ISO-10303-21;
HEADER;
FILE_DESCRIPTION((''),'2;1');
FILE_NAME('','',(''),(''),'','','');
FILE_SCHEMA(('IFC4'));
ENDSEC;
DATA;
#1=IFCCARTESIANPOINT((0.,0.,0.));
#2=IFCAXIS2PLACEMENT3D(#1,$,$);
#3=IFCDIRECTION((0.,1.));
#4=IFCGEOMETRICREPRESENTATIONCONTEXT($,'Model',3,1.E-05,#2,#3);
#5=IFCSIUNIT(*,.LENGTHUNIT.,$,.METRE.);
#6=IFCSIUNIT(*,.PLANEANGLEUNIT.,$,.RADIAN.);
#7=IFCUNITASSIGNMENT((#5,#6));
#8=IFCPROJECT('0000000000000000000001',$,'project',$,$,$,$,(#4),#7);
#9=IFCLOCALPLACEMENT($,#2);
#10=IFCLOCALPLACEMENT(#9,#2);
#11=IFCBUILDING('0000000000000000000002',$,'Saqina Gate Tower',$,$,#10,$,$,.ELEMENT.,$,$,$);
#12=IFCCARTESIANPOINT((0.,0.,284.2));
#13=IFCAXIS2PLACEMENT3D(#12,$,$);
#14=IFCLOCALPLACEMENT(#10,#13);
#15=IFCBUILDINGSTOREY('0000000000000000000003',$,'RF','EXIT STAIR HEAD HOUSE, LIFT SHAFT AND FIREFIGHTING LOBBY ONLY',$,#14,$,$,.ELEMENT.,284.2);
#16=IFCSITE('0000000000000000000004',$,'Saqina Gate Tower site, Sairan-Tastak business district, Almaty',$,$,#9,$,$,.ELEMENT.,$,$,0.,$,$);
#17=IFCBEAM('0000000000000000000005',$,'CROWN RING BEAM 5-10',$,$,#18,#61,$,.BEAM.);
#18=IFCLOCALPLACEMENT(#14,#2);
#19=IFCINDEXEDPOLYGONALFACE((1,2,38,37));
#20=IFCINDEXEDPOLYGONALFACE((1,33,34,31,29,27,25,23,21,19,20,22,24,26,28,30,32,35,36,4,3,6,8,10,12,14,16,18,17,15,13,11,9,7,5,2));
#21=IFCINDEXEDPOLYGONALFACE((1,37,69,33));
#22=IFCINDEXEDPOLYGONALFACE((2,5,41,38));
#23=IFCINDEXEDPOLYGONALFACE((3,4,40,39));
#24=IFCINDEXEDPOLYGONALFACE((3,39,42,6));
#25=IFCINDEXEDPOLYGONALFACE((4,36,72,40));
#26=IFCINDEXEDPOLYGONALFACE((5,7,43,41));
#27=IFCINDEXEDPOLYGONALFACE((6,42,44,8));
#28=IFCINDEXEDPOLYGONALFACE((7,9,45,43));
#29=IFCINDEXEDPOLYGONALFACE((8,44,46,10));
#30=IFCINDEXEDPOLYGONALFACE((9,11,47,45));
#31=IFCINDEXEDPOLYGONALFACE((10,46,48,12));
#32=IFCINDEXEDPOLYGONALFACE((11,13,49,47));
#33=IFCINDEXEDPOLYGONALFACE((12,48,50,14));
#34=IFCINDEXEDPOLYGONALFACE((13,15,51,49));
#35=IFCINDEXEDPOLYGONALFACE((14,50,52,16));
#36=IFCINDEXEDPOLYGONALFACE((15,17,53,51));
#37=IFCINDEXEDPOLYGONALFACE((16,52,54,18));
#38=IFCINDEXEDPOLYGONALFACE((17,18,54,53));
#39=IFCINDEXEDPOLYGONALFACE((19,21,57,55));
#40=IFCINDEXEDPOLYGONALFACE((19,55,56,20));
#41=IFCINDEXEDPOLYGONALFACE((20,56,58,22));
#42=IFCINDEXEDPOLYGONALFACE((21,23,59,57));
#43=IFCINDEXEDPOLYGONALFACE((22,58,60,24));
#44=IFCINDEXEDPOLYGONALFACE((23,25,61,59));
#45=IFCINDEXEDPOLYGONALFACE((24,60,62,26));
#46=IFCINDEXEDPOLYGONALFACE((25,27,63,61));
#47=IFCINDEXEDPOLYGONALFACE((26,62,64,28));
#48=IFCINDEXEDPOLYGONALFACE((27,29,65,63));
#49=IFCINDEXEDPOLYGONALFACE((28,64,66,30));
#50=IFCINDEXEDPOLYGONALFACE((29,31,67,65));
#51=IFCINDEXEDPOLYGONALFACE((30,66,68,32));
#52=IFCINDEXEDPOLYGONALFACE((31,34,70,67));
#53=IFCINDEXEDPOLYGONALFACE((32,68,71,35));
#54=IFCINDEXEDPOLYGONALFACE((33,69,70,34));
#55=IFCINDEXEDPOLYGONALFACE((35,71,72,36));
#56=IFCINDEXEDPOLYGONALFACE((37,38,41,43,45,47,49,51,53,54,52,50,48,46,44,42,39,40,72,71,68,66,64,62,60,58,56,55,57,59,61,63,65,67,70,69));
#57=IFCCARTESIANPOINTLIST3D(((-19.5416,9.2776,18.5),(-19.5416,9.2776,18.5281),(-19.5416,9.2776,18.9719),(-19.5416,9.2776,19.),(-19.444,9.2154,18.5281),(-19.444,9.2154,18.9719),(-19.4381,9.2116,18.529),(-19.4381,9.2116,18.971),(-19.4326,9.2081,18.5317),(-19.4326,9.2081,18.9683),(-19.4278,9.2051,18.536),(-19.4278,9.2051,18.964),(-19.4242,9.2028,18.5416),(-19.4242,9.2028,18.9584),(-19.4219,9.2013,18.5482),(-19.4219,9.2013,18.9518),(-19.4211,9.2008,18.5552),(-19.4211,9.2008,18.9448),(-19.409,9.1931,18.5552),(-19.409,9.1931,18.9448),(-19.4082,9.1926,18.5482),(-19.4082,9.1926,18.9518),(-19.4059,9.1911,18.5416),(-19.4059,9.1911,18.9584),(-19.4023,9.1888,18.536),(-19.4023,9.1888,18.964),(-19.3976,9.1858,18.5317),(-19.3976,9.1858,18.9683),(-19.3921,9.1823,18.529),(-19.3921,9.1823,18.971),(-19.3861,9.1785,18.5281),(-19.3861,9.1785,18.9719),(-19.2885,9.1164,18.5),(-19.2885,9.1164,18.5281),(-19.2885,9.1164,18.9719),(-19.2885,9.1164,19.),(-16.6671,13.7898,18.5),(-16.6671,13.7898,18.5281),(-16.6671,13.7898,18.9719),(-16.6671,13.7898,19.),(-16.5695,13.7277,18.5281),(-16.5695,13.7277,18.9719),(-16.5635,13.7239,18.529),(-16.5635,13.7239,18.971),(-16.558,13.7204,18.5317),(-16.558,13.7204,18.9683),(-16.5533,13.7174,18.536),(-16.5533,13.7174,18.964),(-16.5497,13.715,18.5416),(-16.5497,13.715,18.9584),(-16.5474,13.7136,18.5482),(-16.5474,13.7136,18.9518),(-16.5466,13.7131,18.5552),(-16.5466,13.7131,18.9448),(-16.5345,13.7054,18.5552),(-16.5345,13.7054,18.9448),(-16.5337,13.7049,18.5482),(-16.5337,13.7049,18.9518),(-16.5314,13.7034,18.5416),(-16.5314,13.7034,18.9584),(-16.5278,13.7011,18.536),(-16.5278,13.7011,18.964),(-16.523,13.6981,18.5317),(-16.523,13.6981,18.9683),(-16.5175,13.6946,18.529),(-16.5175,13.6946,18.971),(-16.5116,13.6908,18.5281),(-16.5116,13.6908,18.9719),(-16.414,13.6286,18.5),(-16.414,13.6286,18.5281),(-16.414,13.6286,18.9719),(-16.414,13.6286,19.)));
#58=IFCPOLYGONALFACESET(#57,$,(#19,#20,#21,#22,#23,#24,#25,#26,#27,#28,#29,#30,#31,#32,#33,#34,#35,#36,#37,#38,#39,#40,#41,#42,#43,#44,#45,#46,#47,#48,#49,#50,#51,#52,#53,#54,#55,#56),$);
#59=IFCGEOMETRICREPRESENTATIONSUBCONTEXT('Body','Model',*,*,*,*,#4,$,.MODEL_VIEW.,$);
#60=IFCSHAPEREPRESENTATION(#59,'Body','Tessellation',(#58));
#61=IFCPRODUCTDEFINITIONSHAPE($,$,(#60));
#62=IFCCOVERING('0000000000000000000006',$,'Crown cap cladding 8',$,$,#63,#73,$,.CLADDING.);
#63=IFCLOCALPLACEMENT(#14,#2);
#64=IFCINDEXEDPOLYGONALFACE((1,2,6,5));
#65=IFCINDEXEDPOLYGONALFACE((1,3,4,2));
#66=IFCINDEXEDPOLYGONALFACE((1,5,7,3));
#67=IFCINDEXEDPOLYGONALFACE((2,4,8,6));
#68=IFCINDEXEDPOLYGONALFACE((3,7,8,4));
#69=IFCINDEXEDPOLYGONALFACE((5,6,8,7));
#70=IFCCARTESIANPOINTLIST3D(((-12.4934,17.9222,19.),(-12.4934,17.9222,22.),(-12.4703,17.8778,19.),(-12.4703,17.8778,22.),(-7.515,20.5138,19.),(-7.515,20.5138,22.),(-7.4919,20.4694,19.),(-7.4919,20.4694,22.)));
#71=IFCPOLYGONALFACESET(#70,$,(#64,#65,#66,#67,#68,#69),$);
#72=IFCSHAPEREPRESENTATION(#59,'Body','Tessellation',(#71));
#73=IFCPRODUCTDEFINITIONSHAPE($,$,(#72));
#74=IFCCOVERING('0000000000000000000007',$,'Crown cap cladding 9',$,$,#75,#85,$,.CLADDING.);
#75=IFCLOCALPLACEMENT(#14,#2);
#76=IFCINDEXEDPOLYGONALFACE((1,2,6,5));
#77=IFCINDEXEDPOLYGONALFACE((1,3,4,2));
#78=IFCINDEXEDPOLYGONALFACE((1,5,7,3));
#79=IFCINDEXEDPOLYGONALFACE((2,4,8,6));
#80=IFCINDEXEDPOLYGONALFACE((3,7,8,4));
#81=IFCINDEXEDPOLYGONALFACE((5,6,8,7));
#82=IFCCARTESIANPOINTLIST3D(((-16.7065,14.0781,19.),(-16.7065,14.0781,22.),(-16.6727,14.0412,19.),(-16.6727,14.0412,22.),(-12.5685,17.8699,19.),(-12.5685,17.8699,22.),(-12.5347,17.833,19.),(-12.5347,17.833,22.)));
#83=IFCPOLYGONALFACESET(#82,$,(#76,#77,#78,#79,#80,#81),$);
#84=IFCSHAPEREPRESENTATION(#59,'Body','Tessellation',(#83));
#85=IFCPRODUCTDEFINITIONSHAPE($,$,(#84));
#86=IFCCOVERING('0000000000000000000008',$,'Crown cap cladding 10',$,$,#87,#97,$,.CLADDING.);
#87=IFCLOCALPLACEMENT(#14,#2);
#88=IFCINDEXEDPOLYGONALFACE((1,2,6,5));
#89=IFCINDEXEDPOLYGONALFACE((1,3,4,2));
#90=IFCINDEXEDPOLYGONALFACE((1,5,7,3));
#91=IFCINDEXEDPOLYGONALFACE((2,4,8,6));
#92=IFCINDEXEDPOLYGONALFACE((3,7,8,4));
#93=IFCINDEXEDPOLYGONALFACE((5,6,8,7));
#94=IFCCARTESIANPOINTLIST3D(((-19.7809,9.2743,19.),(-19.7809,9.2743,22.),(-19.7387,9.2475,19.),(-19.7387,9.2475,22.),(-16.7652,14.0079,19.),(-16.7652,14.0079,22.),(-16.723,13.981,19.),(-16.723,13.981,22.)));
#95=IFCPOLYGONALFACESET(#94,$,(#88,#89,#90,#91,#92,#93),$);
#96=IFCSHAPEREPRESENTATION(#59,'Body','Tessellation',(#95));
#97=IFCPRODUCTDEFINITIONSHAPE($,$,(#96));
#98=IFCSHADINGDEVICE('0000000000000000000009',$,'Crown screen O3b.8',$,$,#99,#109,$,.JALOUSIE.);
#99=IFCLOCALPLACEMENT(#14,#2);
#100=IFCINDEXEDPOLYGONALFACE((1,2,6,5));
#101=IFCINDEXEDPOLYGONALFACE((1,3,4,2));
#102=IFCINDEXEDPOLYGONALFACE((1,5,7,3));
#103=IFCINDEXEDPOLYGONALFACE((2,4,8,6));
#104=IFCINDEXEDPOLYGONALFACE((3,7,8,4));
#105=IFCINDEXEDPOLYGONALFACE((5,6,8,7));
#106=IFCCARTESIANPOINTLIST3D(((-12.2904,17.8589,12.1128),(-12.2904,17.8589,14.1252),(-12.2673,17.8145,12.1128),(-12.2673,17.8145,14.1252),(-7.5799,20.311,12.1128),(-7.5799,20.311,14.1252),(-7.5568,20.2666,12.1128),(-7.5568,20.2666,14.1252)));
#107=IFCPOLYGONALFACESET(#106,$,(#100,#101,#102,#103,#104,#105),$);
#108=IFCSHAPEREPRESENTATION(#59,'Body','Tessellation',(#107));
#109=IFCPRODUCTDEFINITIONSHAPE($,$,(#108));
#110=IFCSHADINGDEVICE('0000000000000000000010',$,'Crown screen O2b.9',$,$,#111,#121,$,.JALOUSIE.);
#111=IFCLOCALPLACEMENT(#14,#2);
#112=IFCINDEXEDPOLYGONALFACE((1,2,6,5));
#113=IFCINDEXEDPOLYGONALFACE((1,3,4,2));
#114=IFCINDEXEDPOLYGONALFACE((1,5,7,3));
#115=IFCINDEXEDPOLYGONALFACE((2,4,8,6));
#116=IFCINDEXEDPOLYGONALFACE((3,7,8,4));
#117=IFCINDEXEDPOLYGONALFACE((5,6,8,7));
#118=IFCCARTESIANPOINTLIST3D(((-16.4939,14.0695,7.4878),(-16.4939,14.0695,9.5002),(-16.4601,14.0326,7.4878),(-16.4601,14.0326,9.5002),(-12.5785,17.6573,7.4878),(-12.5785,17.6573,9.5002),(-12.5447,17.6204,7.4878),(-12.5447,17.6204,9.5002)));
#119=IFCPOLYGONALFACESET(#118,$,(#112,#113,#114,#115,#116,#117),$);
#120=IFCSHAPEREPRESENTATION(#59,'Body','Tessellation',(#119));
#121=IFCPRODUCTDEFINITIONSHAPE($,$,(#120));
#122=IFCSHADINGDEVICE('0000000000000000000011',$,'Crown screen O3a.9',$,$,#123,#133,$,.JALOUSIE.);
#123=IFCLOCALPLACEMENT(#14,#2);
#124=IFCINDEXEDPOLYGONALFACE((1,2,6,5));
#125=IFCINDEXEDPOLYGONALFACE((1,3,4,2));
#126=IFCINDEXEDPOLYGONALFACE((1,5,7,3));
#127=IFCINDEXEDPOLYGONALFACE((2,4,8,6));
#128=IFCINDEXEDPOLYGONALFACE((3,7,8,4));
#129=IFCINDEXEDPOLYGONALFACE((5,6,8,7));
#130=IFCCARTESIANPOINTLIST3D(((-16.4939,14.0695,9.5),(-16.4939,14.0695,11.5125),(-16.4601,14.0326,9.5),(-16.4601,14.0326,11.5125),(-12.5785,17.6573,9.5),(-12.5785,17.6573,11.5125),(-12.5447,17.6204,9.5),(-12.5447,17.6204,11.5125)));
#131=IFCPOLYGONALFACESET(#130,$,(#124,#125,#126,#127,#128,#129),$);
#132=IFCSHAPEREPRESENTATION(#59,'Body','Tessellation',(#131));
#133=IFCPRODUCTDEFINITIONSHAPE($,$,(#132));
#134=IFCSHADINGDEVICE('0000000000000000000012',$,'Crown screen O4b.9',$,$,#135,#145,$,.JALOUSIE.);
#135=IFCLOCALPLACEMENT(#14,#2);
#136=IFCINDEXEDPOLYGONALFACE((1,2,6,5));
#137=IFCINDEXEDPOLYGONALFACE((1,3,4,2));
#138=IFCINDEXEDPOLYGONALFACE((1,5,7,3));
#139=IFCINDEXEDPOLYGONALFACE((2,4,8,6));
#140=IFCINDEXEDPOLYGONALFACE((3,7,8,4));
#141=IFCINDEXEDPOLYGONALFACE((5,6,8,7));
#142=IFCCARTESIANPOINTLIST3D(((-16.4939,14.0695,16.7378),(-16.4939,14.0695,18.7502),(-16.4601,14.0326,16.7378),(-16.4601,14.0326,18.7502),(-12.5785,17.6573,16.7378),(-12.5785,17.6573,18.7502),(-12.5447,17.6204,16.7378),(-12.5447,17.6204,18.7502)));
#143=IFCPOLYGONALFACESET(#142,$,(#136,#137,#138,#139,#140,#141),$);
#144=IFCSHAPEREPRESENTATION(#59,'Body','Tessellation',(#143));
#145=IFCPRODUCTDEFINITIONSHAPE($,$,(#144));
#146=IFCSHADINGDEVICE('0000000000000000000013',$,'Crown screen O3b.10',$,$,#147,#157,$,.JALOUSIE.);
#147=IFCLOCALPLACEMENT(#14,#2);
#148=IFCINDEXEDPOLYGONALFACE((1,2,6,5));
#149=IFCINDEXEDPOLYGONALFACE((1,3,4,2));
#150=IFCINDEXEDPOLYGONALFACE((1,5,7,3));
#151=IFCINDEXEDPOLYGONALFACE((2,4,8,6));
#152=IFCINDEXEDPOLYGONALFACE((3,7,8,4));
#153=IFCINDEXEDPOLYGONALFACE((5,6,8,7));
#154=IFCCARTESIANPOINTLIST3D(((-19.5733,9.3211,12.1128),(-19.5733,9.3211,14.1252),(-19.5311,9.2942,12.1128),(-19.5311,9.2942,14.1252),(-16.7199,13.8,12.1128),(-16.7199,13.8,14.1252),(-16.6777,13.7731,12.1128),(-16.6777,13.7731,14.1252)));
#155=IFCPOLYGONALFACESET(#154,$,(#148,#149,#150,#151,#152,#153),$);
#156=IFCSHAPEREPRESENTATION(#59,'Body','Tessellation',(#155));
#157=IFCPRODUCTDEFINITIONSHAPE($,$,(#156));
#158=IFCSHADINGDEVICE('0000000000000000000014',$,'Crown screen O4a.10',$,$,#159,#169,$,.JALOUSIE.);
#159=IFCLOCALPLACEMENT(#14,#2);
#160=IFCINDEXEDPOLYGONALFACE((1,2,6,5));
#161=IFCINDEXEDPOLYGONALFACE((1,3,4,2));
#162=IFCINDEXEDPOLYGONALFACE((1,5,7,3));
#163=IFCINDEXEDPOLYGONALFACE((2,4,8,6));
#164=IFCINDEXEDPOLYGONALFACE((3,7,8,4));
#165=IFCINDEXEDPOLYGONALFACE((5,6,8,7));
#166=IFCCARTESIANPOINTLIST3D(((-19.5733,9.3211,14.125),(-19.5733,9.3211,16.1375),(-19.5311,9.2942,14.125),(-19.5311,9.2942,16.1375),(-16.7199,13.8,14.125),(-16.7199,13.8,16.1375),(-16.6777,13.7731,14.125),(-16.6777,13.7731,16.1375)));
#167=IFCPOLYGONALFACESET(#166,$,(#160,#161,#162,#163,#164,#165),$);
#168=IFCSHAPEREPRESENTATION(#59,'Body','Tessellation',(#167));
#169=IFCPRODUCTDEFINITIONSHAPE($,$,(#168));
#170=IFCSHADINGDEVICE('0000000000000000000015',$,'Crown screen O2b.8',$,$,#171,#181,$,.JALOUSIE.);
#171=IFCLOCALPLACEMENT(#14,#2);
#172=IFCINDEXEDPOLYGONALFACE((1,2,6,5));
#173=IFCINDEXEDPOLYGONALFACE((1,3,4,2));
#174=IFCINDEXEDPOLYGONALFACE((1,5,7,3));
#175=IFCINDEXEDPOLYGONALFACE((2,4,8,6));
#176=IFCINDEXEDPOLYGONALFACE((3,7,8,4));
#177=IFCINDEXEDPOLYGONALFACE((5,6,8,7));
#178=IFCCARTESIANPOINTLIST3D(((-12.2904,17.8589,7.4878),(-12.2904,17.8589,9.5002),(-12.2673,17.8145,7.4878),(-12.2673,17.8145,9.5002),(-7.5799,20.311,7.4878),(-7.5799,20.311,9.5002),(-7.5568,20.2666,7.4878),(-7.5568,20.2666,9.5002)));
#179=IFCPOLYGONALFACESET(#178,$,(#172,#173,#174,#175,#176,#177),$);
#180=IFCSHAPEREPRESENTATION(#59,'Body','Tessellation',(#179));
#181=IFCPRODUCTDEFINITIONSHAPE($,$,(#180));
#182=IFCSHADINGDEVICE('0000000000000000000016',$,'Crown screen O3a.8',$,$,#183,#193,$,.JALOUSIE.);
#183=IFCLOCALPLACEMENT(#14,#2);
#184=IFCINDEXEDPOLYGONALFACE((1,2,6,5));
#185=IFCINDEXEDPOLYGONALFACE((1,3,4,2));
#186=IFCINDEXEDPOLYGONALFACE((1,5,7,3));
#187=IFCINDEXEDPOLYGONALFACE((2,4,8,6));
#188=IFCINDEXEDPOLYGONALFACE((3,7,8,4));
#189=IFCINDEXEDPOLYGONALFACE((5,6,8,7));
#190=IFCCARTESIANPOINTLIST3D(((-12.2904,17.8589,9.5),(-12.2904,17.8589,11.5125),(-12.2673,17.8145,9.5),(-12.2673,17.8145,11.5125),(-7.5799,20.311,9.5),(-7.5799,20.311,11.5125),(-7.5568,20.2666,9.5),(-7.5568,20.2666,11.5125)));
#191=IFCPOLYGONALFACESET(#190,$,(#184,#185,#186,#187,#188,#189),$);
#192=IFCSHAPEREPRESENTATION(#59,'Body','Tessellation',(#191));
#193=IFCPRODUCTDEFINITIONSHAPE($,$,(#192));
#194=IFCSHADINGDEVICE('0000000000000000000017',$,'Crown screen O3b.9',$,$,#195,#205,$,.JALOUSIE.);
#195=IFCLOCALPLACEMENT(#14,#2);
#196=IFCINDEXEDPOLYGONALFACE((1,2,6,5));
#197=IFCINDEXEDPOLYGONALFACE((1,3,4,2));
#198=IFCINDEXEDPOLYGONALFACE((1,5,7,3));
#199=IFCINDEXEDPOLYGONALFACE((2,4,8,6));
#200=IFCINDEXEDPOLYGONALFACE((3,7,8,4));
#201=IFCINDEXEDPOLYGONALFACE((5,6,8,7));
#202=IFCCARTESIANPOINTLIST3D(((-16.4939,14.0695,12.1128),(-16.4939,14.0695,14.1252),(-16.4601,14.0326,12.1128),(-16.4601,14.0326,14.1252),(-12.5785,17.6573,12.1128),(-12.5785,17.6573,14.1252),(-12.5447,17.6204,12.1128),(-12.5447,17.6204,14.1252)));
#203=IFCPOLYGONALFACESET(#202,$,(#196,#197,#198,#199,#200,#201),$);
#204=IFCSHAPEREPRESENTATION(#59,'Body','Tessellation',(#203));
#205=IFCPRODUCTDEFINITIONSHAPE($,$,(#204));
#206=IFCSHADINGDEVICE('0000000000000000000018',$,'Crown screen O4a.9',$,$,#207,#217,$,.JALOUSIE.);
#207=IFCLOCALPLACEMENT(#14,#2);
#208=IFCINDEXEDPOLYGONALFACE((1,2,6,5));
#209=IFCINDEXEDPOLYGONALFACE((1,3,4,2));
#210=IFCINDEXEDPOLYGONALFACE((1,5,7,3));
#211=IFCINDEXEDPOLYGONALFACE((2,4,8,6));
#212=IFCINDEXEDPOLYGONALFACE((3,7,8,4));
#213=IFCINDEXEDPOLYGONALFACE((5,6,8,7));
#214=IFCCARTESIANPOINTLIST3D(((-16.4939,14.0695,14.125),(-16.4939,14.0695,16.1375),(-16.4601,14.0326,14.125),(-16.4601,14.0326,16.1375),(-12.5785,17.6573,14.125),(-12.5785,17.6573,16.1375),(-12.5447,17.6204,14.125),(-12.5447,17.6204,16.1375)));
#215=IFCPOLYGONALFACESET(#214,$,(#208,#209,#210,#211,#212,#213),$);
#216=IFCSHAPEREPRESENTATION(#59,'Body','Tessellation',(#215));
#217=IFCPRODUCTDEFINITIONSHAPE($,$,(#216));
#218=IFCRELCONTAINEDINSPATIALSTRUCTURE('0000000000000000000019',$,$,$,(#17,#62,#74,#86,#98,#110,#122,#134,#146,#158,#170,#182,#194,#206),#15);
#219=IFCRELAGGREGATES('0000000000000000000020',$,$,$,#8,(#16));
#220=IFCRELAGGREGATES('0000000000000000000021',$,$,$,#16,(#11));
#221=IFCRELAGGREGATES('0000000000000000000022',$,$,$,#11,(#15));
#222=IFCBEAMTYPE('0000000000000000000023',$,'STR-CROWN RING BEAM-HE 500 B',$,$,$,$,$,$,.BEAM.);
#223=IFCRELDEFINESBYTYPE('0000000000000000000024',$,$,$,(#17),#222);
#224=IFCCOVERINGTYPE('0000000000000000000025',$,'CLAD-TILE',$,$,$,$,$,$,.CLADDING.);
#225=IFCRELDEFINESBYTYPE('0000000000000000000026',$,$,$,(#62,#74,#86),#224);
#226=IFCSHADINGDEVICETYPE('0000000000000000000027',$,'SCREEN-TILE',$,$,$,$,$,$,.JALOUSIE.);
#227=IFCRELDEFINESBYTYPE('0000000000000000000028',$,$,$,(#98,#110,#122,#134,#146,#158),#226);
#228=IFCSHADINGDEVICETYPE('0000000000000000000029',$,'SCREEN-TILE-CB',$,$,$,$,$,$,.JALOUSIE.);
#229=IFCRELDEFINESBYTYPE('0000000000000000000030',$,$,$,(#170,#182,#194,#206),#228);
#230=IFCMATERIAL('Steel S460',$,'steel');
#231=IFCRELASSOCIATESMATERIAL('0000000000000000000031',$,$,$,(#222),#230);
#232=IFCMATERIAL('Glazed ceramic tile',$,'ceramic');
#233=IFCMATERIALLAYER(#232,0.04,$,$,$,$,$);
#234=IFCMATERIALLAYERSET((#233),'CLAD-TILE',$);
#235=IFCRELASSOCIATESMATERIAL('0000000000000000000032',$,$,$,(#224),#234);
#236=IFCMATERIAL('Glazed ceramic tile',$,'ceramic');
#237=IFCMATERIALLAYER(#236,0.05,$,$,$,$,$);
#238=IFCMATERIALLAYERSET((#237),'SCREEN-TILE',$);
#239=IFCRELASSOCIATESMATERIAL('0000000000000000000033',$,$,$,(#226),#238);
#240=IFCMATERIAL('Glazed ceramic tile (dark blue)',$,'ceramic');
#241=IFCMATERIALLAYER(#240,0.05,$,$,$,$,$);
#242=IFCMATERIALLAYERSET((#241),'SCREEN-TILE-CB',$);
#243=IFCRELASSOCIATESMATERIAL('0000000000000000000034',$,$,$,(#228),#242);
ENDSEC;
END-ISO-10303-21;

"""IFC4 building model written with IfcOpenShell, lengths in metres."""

from ifc_helpers import new_model, si_unit, direction, frame, origin, origin_2d, place, context, subcontext, project, spatial, rectangle, i_section, extrude, material, layer, layer_set, material_profile, profile_set, type_object, element, save


model = new_model("IFC4")

# Units and contexts
model_context = context("Model", 3, precision=1e-05, world=origin(), true_north=direction((0.0, 1.0)))
body_context = subcontext(model_context, "Body", "Model", "MODEL_VIEW")
ifc_project = project(units=[si_unit("LENGTHUNIT", "METRE"), si_unit("PLANEANGLEUNIT", "RADIAN")], contexts=[model_context])

# Site, building, storey
site_placement = place(None, origin())
site = spatial("IfcSite", under=ifc_project, at=site_placement, Name="Saqina Gate Tower site, Sairan-Tastak business district, Almaty", CompositionType="ELEMENT", RefElevation=0.0)
building_placement = place(site_placement, origin())
building = spatial("IfcBuilding", under=site, at=building_placement, Name="Saqina Gate Tower", CompositionType="ELEMENT")
storey_placement = place(building_placement, frame((0.0, 0.0, 284.2)))
storey = spatial("IfcBuildingStorey", under=building, at=storey_placement, Name="RF", Description="EXIT STAIR HEAD HOUSE, LIFT SHAFT AND FIREFIGHTING LOBBY ONLY", CompositionType="ELEMENT", Elevation=284.2)

# Beam
ifc_material_1 = material(Name="Steel S460", Category="steel")
ifc_material_profile_1 = material_profile(ifc_material_1, i_section(OverallWidth=0.3, OverallDepth=0.5, WebThickness=0.0144, FlangeThickness=0.0281, FilletRadius=0.0271, at=origin_2d()), Name="HE 500 B")
ifc_profile_set_1 = profile_set([ifc_material_profile_1], Name="Steel S460")
beam_type_1 = type_object("IfcBeamType", Name="STR-CROWN RING BEAM-HE 500 B", PredefinedType="BEAM", material=ifc_profile_set_1)
beam_1_placement = place(storey_placement, frame((-16.5405, 13.7092, 18.75), z_axis=(-0.537289, -0.843398, 0.0), x_axis=(0.843398, -0.537289, 0.0)))
element("IfcBeam", 1, at=beam_1_placement, inside=storey, type_object=beam_type_1, Name="CROWN RING BEAM 5-10", PredefinedType="BEAM", context=body_context, shape_type="SweptSolid", body=[
    extrude(i_section(OverallWidth=0.3, OverallDepth=0.5, WebThickness=0.0144, FlangeThickness=0.0281, FilletRadius=0.0271, at=origin_2d()), origin(), (0.0, 0.0, 1.0), 5.3501),
])

# Coverings
ifc_material_2 = material(Name="Glazed ceramic tile", Category="ceramic")
ifc_layer_1 = layer(ifc_material_2, 0.04)
ifc_layer_set_1 = layer_set([ifc_layer_1], Name="CLAD-TILE")
covering_type = type_object("IfcCoveringType", Name="CLAD-TILE", PredefinedType="CLADDING", material=ifc_layer_set_1)
for number, where, z_axis, x_axis, name in (
    (2, (-9.9927, 19.1958, 19.0), (0.0, 0.0, 1.0), (-0.887011, -0.461749, 0.0), "Crown cap cladding 8"),
    (3, (-14.6206, 15.9556, 19.0), (0.0, 0.0, 1.0), (-0.737277, -0.67559, 0.0), "Crown cap cladding 9"),
    (4, (-18.252, 11.6277, 19.0), (0.0, 0.0, 1.0), (-0.5373, -0.843391, 0.0), "Crown cap cladding 10"),
):
    element("IfcCovering", number, at=place(storey_placement, frame(where, z_axis=z_axis, x_axis=x_axis)), inside=storey, type_object=covering_type, Name=name, PredefinedType="CLADDING", context=body_context, shape_type="SweptSolid", body=[
        extrude(rectangle(XDim=5.6125, YDim=0.05, at=origin_2d()), origin(), (0.0, 0.0, 1.0), 3.0),
    ])

# Shading devices
ifc_material_3 = material(Name="Glazed ceramic tile", Category="ceramic")
ifc_layer_2 = layer(ifc_material_3, 0.05)
ifc_layer_set_2 = layer_set([ifc_layer_2], Name="SCREEN-TILE")
shading_device_type_1 = type_object("IfcShadingDeviceType", Name="SCREEN-TILE", PredefinedType="JALOUSIE", material=ifc_layer_set_2)
for number, where, z_axis, x_axis, name in (
    (5, (-9.9236, 19.0627, 12.1128), (0.0, 0.0, 1.0), (-0.887011, -0.461749, 0.0), "Crown screen O3b.8"),
    (6, (-14.5193, 15.845, 7.4878), (0.0, 0.0, 1.0), (-0.737277, -0.67559, 0.0), "Crown screen O2b.9"),
    (7, (-14.5193, 15.845, 9.5), (0.0, 0.0, 1.0), (-0.737277, -0.67559, 0.0), "Crown screen O3a.9"),
    (8, (-14.5193, 15.845, 16.7378), (0.0, 0.0, 1.0), (-0.737277, -0.67559, 0.0), "Crown screen O4b.9"),
    (9, (-18.1255, 11.5471, 12.1128), (0.0, 0.0, 1.0), (-0.5373, -0.843391, 0.0), "Crown screen O3b.10"),
    (10, (-18.1255, 11.5471, 14.125), (0.0, 0.0, 1.0), (-0.5373, -0.843391, 0.0), "Crown screen O4a.10"),
):
    element("IfcShadingDevice", number, at=place(storey_placement, frame(where, z_axis=z_axis, x_axis=x_axis)), inside=storey, type_object=shading_device_type_1, Name=name, PredefinedType="JALOUSIE", context=body_context, shape_type="SweptSolid", body=[
        extrude(rectangle(XDim=5.3105, YDim=0.05, at=origin_2d()), origin(), (0.0, 0.0, 1.0), 2.0125),
    ])
ifc_material_4 = material(Name="Glazed ceramic tile (dark blue)", Category="ceramic")
ifc_layer_3 = layer(ifc_material_4, 0.05)
ifc_layer_set_3 = layer_set([ifc_layer_3], Name="SCREEN-TILE-CB")
shading_device_type_2 = type_object("IfcShadingDeviceType", Name="SCREEN-TILE-CB", PredefinedType="JALOUSIE", material=ifc_layer_set_3)
for number, where, z_axis, x_axis, name in (
    (11, (-9.9236, 19.0627, 7.4878), (0.0, 0.0, 1.0), (-0.887011, -0.461749, 0.0), "Crown screen O2b.8"),
    (12, (-9.9236, 19.0627, 9.5), (0.0, 0.0, 1.0), (-0.887011, -0.461749, 0.0), "Crown screen O3a.8"),
    (13, (-14.5193, 15.845, 12.1128), (0.0, 0.0, 1.0), (-0.737277, -0.67559, 0.0), "Crown screen O3b.9"),
    (14, (-14.5193, 15.845, 14.125), (0.0, 0.0, 1.0), (-0.737277, -0.67559, 0.0), "Crown screen O4a.9"),
):
    element("IfcShadingDevice", number, at=place(storey_placement, frame(where, z_axis=z_axis, x_axis=x_axis)), inside=storey, type_object=shading_device_type_2, Name=name, PredefinedType="JALOUSIE", context=body_context, shape_type="SweptSolid", body=[
        extrude(rectangle(XDim=5.3105, YDim=0.05, at=origin_2d()), origin(), (0.0, 0.0, 1.0), 2.0125),
    ])

save(model, "model.ifc")
